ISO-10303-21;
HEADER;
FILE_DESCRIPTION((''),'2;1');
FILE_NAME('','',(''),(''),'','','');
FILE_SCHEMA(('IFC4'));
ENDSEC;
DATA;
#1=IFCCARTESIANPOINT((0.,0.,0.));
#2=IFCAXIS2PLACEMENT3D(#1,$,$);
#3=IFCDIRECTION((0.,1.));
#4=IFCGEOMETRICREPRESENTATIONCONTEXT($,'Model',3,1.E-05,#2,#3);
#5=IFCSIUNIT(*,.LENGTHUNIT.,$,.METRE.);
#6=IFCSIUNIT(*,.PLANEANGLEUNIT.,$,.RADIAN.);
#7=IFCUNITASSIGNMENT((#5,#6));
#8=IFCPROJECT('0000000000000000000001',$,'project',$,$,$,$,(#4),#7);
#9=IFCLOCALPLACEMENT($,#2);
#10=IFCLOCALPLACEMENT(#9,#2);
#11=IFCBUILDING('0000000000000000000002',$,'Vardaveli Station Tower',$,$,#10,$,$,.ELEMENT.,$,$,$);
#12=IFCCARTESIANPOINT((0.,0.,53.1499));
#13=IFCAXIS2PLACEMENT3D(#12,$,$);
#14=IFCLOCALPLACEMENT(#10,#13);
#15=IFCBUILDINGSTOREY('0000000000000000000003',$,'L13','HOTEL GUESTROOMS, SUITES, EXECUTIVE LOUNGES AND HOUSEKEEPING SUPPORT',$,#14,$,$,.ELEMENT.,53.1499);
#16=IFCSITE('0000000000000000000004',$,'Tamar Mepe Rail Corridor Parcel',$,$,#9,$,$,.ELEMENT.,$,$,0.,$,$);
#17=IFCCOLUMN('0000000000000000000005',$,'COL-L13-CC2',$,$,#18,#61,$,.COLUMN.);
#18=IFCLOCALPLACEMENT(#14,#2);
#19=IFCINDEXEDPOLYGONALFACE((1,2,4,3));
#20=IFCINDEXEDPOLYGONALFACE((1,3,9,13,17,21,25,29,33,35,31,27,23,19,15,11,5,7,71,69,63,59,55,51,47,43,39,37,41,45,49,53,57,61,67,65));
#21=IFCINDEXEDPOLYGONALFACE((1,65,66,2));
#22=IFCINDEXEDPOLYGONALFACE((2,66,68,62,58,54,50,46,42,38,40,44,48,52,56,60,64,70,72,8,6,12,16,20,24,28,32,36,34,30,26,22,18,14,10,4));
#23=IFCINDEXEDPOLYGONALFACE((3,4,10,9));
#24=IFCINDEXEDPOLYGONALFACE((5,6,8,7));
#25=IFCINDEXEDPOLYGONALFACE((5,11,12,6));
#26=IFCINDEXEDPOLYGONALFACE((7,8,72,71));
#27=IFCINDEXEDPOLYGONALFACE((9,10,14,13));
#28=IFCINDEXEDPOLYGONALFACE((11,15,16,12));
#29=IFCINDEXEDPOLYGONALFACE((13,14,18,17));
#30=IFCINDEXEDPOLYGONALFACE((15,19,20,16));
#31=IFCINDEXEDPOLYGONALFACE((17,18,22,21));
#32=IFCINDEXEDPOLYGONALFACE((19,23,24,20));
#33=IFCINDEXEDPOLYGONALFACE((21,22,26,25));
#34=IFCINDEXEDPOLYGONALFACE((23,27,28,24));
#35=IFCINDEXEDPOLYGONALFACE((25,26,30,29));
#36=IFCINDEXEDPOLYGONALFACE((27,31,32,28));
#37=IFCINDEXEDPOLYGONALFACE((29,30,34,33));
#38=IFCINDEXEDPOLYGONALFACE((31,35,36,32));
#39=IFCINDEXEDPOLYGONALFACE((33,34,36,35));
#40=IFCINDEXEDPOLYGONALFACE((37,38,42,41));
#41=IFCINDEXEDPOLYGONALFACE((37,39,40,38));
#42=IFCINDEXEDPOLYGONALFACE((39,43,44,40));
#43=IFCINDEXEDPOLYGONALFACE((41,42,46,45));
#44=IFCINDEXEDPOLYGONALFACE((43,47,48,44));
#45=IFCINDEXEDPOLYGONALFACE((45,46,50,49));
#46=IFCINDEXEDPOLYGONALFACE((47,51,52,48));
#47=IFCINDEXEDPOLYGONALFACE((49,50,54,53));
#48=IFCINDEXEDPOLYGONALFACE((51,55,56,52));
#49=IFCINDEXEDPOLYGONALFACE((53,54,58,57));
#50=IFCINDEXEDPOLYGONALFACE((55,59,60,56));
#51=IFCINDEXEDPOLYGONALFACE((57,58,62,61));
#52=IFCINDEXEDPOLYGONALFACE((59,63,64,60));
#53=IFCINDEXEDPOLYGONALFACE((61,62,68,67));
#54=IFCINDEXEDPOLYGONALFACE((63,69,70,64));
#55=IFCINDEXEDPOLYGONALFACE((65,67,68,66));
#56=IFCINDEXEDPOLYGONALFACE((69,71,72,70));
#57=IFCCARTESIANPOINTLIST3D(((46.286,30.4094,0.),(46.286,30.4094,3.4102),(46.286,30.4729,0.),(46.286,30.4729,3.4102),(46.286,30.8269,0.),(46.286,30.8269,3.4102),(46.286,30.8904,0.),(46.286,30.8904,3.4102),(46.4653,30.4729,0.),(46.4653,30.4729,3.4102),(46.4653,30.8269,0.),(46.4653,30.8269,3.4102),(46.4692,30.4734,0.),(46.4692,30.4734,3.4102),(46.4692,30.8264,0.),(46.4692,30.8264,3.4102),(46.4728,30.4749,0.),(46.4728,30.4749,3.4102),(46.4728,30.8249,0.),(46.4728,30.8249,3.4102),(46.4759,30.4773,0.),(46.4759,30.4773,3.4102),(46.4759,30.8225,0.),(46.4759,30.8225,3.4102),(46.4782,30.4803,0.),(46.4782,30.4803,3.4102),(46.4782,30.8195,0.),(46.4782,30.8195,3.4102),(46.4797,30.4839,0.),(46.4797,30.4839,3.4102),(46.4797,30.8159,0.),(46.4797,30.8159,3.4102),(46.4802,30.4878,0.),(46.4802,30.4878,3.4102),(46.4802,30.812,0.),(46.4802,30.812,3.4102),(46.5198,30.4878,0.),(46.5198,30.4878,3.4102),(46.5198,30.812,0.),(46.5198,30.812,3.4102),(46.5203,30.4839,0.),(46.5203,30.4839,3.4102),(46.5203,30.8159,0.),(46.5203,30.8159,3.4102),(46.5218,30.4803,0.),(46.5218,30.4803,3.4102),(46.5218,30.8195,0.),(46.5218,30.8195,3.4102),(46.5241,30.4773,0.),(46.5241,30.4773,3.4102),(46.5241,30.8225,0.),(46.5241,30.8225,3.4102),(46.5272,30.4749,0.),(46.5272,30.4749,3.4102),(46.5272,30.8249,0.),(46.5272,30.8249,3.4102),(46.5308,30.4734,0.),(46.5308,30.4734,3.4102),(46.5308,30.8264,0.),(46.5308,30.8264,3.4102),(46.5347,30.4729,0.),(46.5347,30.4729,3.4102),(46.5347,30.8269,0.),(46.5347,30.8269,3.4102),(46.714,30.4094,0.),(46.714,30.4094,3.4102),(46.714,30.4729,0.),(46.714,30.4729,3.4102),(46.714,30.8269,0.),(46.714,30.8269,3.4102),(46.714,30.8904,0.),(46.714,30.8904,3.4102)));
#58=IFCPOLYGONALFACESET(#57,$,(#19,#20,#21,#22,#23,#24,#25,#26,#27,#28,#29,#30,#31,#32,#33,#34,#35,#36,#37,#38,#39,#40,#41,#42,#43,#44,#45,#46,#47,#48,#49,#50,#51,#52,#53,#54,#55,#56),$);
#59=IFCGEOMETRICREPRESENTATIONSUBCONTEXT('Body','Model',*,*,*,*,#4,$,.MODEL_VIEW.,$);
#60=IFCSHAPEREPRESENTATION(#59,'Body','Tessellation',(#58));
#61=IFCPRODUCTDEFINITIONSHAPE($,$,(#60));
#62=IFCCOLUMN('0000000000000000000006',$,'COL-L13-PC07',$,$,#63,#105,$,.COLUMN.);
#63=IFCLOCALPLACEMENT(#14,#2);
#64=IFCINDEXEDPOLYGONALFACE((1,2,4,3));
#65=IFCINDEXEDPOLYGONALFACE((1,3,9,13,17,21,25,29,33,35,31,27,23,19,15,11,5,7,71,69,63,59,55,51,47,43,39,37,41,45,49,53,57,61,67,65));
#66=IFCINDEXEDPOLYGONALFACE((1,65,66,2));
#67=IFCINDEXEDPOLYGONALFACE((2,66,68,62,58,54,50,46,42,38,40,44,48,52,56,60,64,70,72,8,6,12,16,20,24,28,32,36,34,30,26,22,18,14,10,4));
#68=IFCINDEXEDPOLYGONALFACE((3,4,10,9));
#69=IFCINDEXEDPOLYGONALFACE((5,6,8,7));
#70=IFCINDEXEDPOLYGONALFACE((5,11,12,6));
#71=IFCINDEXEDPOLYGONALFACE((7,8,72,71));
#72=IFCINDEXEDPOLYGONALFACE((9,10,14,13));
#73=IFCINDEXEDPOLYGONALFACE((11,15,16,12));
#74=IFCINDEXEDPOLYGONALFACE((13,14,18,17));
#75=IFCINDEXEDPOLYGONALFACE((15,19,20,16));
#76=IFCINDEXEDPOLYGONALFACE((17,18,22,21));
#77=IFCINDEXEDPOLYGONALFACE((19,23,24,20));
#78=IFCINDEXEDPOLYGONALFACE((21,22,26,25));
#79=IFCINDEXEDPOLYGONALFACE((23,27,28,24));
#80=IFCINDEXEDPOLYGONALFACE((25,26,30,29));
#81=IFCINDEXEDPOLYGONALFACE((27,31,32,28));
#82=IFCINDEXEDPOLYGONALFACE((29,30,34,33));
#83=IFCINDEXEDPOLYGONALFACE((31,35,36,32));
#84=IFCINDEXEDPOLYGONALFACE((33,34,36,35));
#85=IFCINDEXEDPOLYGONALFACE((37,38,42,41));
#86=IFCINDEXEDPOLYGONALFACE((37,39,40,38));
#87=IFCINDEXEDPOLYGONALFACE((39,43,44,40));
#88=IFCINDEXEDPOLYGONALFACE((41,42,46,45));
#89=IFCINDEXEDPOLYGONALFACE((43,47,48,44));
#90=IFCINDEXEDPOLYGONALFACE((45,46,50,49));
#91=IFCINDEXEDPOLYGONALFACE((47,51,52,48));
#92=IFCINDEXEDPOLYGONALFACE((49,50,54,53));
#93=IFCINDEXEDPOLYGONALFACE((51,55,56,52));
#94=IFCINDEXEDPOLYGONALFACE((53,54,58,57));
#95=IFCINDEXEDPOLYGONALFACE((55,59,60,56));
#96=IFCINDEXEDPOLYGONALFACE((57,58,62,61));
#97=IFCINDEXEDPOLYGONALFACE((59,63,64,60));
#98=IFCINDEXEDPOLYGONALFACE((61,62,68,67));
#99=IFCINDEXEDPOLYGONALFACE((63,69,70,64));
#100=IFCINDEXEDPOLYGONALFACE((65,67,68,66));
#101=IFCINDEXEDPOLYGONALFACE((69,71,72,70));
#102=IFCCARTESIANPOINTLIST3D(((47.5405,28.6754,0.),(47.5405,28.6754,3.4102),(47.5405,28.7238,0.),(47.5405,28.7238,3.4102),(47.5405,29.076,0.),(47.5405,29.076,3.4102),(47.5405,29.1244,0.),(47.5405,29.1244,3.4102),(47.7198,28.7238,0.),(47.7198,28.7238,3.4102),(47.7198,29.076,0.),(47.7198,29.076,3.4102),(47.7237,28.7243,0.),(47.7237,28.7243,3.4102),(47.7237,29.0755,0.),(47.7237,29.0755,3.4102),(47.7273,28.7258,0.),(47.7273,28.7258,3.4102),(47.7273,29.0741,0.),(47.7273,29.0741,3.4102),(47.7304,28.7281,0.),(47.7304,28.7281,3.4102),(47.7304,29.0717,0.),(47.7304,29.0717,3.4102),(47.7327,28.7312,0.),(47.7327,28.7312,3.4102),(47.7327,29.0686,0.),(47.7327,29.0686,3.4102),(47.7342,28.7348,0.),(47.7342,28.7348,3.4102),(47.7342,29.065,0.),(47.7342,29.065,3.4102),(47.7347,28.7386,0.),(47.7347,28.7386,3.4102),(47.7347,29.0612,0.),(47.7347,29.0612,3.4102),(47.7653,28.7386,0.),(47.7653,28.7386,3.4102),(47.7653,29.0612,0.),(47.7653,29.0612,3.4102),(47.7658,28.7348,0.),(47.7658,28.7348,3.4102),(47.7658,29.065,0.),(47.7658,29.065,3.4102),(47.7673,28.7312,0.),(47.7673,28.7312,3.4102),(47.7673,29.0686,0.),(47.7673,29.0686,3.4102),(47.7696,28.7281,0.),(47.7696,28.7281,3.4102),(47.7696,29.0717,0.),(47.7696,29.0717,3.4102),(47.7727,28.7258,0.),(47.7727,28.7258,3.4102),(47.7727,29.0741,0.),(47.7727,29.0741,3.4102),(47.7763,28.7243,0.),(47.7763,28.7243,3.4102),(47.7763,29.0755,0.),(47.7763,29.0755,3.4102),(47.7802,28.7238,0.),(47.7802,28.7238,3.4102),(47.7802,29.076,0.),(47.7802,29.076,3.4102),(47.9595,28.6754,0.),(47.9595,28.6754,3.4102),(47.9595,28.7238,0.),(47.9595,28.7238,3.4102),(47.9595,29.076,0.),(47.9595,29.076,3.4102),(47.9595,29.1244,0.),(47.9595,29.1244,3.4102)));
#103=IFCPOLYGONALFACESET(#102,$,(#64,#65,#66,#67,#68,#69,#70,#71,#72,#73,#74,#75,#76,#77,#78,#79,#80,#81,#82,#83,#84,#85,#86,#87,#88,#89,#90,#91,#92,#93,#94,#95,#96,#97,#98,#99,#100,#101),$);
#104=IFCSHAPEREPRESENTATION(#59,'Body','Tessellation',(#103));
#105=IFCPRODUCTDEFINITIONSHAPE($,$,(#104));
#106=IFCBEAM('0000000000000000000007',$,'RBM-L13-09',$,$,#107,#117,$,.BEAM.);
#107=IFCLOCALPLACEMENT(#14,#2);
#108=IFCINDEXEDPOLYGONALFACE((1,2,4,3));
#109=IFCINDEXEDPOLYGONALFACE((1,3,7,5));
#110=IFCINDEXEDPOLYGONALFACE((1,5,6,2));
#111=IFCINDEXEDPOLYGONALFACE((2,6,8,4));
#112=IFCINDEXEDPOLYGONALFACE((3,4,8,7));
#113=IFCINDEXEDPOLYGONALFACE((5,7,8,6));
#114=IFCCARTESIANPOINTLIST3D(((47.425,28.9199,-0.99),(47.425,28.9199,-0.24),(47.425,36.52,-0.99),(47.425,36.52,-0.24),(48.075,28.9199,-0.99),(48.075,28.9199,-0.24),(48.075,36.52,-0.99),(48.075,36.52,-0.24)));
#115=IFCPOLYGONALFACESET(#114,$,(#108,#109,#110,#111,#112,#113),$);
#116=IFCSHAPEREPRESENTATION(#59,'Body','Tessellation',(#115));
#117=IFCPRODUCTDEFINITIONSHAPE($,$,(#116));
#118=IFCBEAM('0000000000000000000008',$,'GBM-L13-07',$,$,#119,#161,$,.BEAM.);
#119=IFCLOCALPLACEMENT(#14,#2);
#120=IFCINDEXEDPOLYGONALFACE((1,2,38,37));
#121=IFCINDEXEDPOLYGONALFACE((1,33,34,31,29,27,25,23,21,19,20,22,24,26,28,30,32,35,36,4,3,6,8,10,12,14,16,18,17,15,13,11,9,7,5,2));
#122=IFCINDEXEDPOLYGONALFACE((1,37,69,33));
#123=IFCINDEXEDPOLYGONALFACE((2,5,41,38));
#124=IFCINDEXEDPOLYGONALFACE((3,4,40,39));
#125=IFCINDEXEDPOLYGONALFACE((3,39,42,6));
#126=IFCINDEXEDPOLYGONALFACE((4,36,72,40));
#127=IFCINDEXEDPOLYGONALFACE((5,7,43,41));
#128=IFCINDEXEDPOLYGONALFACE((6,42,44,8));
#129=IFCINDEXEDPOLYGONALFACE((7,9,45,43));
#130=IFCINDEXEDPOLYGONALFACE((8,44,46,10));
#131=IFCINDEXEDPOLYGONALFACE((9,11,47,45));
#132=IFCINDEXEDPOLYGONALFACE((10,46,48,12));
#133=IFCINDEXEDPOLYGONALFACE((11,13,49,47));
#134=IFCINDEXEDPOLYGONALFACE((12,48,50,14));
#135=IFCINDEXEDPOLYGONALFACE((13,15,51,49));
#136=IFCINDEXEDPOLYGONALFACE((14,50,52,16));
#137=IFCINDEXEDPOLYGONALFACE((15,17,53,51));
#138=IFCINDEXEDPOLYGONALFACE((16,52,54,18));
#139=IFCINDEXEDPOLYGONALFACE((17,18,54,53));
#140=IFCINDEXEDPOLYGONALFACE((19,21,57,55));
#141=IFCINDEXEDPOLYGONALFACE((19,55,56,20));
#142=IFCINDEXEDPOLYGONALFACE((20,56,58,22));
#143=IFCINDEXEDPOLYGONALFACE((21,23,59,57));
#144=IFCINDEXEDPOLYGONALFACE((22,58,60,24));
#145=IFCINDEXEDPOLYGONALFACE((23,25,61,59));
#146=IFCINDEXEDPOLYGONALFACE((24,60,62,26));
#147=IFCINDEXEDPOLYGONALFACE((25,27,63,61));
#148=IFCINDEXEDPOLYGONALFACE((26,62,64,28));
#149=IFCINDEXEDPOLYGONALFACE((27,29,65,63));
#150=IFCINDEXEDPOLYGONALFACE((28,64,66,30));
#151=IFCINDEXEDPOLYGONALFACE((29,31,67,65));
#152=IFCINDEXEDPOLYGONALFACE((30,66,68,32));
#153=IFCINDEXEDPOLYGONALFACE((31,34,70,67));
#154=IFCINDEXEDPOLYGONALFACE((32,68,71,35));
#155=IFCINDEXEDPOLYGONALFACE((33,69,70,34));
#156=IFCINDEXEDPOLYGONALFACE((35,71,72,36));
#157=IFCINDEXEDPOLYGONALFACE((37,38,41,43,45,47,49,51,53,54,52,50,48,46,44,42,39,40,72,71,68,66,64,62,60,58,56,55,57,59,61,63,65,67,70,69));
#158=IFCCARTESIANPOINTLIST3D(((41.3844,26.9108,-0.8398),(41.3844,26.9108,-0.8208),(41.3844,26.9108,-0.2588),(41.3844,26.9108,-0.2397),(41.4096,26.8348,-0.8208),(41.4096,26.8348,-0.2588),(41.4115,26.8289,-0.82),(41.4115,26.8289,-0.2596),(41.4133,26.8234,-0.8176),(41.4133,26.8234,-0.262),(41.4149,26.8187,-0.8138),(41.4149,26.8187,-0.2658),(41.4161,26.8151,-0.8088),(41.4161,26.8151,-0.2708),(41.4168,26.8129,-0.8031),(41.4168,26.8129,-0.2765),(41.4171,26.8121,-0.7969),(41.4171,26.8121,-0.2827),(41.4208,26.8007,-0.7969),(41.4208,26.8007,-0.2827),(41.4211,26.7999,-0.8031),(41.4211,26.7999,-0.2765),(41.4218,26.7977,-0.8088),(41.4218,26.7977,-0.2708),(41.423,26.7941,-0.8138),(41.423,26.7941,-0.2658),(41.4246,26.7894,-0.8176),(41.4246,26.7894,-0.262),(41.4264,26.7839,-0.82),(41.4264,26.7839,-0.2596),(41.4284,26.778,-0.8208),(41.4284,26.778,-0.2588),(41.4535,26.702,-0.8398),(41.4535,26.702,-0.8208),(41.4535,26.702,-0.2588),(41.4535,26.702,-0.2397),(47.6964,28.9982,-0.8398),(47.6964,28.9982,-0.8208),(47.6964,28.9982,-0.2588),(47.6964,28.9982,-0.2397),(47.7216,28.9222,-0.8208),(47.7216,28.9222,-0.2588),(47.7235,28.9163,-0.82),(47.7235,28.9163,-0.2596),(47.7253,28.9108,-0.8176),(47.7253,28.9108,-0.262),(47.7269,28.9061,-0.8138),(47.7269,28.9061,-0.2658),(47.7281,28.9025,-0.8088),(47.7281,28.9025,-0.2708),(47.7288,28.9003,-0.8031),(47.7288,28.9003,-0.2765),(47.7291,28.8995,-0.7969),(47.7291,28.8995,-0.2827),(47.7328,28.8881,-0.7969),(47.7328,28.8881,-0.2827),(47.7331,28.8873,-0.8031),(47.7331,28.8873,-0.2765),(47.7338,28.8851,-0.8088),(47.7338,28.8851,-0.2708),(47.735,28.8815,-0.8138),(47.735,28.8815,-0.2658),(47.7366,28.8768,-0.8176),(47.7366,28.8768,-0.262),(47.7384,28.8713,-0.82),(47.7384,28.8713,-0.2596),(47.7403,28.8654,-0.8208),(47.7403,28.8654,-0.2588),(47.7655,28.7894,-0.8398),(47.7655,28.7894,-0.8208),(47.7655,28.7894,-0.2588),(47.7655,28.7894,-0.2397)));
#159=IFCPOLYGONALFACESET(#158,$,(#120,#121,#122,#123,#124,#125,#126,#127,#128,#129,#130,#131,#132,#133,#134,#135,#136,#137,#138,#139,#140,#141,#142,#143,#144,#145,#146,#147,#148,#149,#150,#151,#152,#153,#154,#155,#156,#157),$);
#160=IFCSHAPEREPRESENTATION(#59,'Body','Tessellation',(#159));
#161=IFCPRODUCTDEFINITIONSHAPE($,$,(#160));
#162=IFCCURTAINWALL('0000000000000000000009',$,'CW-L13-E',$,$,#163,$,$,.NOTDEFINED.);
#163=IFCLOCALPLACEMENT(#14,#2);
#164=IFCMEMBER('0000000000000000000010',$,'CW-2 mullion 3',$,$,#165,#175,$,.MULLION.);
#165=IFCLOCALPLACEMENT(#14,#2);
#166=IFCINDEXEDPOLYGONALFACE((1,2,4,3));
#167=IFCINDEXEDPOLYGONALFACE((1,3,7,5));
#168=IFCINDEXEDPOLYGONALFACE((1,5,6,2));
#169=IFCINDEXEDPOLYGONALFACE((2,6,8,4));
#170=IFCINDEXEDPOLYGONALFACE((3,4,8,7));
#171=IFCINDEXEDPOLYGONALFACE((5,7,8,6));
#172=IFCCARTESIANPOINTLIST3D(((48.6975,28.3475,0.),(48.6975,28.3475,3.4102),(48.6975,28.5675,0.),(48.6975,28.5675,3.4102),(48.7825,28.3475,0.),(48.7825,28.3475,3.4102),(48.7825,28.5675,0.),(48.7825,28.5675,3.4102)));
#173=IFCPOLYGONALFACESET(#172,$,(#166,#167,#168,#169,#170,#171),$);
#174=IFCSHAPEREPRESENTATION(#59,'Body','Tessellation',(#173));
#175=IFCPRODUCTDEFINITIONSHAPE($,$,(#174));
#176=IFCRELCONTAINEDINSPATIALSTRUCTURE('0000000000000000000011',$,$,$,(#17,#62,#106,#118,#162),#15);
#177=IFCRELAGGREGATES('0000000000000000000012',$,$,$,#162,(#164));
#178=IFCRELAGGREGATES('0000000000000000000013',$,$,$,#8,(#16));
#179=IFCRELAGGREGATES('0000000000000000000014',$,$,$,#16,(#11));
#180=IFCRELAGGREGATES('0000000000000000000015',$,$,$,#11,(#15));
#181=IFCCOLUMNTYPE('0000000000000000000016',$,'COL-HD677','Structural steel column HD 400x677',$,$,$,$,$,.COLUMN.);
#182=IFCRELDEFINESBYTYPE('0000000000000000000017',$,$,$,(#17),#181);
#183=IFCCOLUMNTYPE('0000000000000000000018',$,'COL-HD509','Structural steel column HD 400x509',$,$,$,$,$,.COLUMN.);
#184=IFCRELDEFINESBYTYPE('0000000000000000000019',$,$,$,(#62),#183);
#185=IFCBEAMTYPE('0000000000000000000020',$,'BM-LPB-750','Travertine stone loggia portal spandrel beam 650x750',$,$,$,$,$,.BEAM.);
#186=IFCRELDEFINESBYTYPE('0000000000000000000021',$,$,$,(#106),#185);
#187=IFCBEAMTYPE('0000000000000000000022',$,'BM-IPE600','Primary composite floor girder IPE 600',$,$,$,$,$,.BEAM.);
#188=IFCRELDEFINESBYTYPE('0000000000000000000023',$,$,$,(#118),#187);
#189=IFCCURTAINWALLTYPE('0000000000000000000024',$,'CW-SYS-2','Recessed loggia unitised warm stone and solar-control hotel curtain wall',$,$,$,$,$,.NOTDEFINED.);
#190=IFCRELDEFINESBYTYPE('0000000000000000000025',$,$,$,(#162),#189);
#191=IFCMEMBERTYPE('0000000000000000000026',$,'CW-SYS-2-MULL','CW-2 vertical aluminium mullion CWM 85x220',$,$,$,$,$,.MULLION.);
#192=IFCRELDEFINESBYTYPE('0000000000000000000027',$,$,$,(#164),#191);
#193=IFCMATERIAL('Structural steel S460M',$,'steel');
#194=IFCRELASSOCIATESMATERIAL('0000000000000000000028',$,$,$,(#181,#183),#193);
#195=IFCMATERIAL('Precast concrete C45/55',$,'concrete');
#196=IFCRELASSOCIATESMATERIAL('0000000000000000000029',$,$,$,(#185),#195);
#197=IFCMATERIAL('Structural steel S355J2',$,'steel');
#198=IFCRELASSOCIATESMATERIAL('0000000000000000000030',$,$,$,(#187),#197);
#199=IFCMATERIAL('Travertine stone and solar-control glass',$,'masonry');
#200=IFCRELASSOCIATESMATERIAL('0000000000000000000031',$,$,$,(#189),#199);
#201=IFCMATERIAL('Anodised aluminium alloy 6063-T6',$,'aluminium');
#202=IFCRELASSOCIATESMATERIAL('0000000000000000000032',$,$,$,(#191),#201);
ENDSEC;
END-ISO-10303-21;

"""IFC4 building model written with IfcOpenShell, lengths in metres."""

from ifc_helpers import new_model, si_unit, direction, frame, origin, origin_2d, place, context, subcontext, project, spatial, rectangle, i_section, extrude, source, transform, mapped, material, material_profile, profile_set, type_object, element, aggregate, save


model = new_model("IFC4")

# Units and contexts
model_context = context("Model", 3, precision=1e-05, world=origin(), true_north=direction((0.0, 1.0)))
body_context = subcontext(model_context, "Body", "Model", "MODEL_VIEW")
ifc_project = project(units=[si_unit("LENGTHUNIT", "METRE"), si_unit("PLANEANGLEUNIT", "RADIAN")], contexts=[model_context])

# Site, building, storey
site_placement = place(None, origin())
site = spatial("IfcSite", under=ifc_project, at=site_placement, Name="Tamar Mepe Rail Corridor Parcel", CompositionType="ELEMENT", RefElevation=0.0)
building_placement = place(site_placement, origin())
building = spatial("IfcBuilding", under=site, at=building_placement, Name="Vardaveli Station Tower", CompositionType="ELEMENT")
storey_placement = place(building_placement, frame((0.0, 0.0, 53.1499)))
storey = spatial("IfcBuildingStorey", under=building, at=storey_placement, Name="L13", Description="HOTEL GUESTROOMS, SUITES, EXECUTIVE LOUNGES AND HOUSEKEEPING SUPPORT", CompositionType="ELEMENT", Elevation=53.1499)

# Columns
ifc_material_1 = material(Name="Structural steel S460M", Category="steel")
ifc_material_profile_1 = material_profile(ifc_material_1, i_section(OverallWidth=0.428, OverallDepth=0.481, WebThickness=0.0396, FlangeThickness=0.0635, FilletRadius=0.0149, at=origin_2d()), Name="HD 400x677")
ifc_profile_set_1 = profile_set([ifc_material_profile_1], Name="Structural steel S460M")
column_type_1 = type_object("IfcColumnType", Name="COL-HD677", Description="Structural steel column HD 400x677", PredefinedType="COLUMN", material=ifc_profile_set_1)
shared_shape_1 = source(origin(), body_context, "Body", "SweptSolid", [
    extrude(i_section(OverallWidth=0.428, OverallDepth=0.481, WebThickness=0.0396, FlangeThickness=0.0635, FilletRadius=0.0149, at=origin_2d()), origin(), (0.0, 0.0, 1.0), 3.4102),
])
column_1_placement = place(storey_placement, frame((46.5, 30.6499, 0.0), z_axis=(0.0, 0.0, 1.0), x_axis=(1.0, 0.0, 0.0)))
element("IfcColumn", 1, at=column_1_placement, inside=storey, type_object=column_type_1, Name="COL-L13-CC2", PredefinedType="COLUMN", context=body_context, shape_type="MappedRepresentation", body=[
    mapped(shared_shape_1, transform((0.0, 0.0, 0.0), scale=1.0)),
])
ifc_material_profile_2 = material_profile(ifc_material_1, i_section(OverallWidth=0.4189, OverallDepth=0.449, WebThickness=0.0305, FlangeThickness=0.0483, FilletRadius=0.0149, at=origin_2d()), Name="HD 400x509")
ifc_profile_set_2 = profile_set([ifc_material_profile_2], Name="Structural steel S460M")
column_type_2 = type_object("IfcColumnType", Name="COL-HD509", Description="Structural steel column HD 400x509", PredefinedType="COLUMN", material=ifc_profile_set_2)
shared_shape_2 = source(origin(), body_context, "Body", "SweptSolid", [
    extrude(i_section(OverallWidth=0.4189, OverallDepth=0.449, WebThickness=0.0305, FlangeThickness=0.0483, FilletRadius=0.0149, at=origin_2d()), origin(), (0.0, 0.0, 1.0), 3.4102),
])
column_2_placement = place(storey_placement, frame((47.75, 28.8999, 0.0), z_axis=(0.0, 0.0, 1.0), x_axis=(1.0, 0.0, 0.0)))
element("IfcColumn", 2, at=column_2_placement, inside=storey, type_object=column_type_2, Name="COL-L13-PC07", PredefinedType="COLUMN", context=body_context, shape_type="MappedRepresentation", body=[
    mapped(shared_shape_2, transform((0.0, 0.0, 0.0), scale=1.0)),
])

# Beams
ifc_material_2 = material(Name="Precast concrete C45/55", Category="concrete")
ifc_material_profile_3 = material_profile(ifc_material_2, rectangle(XDim=0.6499, YDim=0.75, at=origin_2d()), Name="LPB 650x750")
ifc_profile_set_3 = profile_set([ifc_material_profile_3], Name="Precast concrete C45/55")
beam_type_1 = type_object("IfcBeamType", Name="BM-LPB-750", Description="Travertine stone loggia portal spandrel beam 650x750", PredefinedType="BEAM", material=ifc_profile_set_3)
shared_shape_3 = source(origin(), body_context, "Body", "SweptSolid", [
    extrude(rectangle(XDim=0.6499, YDim=0.75, at=origin_2d()), origin(), (0.0, 0.0, 1.0), 7.6001),
])
beam_1_placement = place(storey_placement, frame((47.75, 28.9199, -0.615), z_axis=(0.0, 1.0, 0.0), x_axis=(-1.0, 0.0, 0.0)))
element("IfcBeam", 3, at=beam_1_placement, inside=storey, type_object=beam_type_1, Name="RBM-L13-09", PredefinedType="BEAM", context=body_context, shape_type="MappedRepresentation", body=[
    mapped(shared_shape_3, transform((0.0, 0.0, 0.0), scale=1.0)),
])
ifc_material_3 = material(Name="Structural steel S355J2", Category="steel")
ifc_material_profile_4 = material_profile(ifc_material_3, i_section(OverallWidth=0.22, OverallDepth=0.6001, WebThickness=0.012, FlangeThickness=0.019, FilletRadius=0.0239, at=origin_2d()), Name="IPE 600")
ifc_profile_set_4 = profile_set([ifc_material_profile_4], Name="Structural steel S355J2")
beam_type_2 = type_object("IfcBeamType", Name="BM-IPE600", Description="Primary composite floor girder IPE 600", PredefinedType="BEAM", material=ifc_profile_set_4)
shared_shape_4 = source(origin(), body_context, "Body", "SweptSolid", [
    extrude(i_section(OverallWidth=0.22, OverallDepth=0.6001, WebThickness=0.012, FlangeThickness=0.019, FilletRadius=0.0239, at=origin_2d()), origin(), (0.0, 0.0, 1.0), 6.6482),
])
beam_2_placement = place(storey_placement, frame((47.731, 28.8938, -0.5398), z_axis=(-0.94943, -0.313979, 0.0), x_axis=(0.313979, -0.94943, 0.0)))
element("IfcBeam", 4, at=beam_2_placement, inside=storey, type_object=beam_type_2, Name="GBM-L13-07", PredefinedType="BEAM", context=body_context, shape_type="MappedRepresentation", body=[
    mapped(shared_shape_4, transform((0.0, 0.0, 0.0), scale=1.0)),
])

# Curtain wall, member
ifc_material_4 = material(Name="Travertine stone and solar-control glass", Category="masonry")
curtain_wall_type = type_object("IfcCurtainWallType", Name="CW-SYS-2", Description="Recessed loggia unitised warm stone and solar-control hotel curtain wall", PredefinedType="NOTDEFINED", material=ifc_material_4)
curtain_wall_placement = place(storey_placement, origin())
curtain_wall = element("IfcCurtainWall", 5, at=curtain_wall_placement, inside=storey, type_object=curtain_wall_type, Name="CW-L13-E", PredefinedType="NOTDEFINED")
ifc_material_5 = material(Name="Anodised aluminium alloy 6063-T6", Category="aluminium")
ifc_material_profile_5 = material_profile(ifc_material_5, rectangle(XDim=0.085, YDim=0.22, at=origin_2d()), Name="CWM 85x220")
ifc_profile_set_5 = profile_set([ifc_material_profile_5], Name="Anodised aluminium alloy 6063-T6")
member_type = type_object("IfcMemberType", Name="CW-SYS-2-MULL", Description="CW-2 vertical aluminium mullion CWM 85x220", PredefinedType="MULLION", material=ifc_profile_set_5)
shared_shape_5 = source(origin(), body_context, "Body", "SweptSolid", [
    extrude(rectangle(XDim=0.085, YDim=0.22, at=origin_2d()), origin(), (0.0, 0.0, 1.0), 3.4102),
])
member_placement = place(storey_placement, frame((48.74, 28.4575, 0.0), z_axis=(0.0, 0.0, 1.0), x_axis=(-1.0, 0.0, 0.0)))
member = element("IfcMember", 6, at=member_placement, type_object=member_type, Name="CW-2 mullion 3", PredefinedType="MULLION", context=body_context, shape_type="MappedRepresentation", body=[
    mapped(shared_shape_5, transform((0.0, 0.0, 0.0), scale=1.0)),
])
aggregate(curtain_wall, [member])

save(model, "model.ifc")
